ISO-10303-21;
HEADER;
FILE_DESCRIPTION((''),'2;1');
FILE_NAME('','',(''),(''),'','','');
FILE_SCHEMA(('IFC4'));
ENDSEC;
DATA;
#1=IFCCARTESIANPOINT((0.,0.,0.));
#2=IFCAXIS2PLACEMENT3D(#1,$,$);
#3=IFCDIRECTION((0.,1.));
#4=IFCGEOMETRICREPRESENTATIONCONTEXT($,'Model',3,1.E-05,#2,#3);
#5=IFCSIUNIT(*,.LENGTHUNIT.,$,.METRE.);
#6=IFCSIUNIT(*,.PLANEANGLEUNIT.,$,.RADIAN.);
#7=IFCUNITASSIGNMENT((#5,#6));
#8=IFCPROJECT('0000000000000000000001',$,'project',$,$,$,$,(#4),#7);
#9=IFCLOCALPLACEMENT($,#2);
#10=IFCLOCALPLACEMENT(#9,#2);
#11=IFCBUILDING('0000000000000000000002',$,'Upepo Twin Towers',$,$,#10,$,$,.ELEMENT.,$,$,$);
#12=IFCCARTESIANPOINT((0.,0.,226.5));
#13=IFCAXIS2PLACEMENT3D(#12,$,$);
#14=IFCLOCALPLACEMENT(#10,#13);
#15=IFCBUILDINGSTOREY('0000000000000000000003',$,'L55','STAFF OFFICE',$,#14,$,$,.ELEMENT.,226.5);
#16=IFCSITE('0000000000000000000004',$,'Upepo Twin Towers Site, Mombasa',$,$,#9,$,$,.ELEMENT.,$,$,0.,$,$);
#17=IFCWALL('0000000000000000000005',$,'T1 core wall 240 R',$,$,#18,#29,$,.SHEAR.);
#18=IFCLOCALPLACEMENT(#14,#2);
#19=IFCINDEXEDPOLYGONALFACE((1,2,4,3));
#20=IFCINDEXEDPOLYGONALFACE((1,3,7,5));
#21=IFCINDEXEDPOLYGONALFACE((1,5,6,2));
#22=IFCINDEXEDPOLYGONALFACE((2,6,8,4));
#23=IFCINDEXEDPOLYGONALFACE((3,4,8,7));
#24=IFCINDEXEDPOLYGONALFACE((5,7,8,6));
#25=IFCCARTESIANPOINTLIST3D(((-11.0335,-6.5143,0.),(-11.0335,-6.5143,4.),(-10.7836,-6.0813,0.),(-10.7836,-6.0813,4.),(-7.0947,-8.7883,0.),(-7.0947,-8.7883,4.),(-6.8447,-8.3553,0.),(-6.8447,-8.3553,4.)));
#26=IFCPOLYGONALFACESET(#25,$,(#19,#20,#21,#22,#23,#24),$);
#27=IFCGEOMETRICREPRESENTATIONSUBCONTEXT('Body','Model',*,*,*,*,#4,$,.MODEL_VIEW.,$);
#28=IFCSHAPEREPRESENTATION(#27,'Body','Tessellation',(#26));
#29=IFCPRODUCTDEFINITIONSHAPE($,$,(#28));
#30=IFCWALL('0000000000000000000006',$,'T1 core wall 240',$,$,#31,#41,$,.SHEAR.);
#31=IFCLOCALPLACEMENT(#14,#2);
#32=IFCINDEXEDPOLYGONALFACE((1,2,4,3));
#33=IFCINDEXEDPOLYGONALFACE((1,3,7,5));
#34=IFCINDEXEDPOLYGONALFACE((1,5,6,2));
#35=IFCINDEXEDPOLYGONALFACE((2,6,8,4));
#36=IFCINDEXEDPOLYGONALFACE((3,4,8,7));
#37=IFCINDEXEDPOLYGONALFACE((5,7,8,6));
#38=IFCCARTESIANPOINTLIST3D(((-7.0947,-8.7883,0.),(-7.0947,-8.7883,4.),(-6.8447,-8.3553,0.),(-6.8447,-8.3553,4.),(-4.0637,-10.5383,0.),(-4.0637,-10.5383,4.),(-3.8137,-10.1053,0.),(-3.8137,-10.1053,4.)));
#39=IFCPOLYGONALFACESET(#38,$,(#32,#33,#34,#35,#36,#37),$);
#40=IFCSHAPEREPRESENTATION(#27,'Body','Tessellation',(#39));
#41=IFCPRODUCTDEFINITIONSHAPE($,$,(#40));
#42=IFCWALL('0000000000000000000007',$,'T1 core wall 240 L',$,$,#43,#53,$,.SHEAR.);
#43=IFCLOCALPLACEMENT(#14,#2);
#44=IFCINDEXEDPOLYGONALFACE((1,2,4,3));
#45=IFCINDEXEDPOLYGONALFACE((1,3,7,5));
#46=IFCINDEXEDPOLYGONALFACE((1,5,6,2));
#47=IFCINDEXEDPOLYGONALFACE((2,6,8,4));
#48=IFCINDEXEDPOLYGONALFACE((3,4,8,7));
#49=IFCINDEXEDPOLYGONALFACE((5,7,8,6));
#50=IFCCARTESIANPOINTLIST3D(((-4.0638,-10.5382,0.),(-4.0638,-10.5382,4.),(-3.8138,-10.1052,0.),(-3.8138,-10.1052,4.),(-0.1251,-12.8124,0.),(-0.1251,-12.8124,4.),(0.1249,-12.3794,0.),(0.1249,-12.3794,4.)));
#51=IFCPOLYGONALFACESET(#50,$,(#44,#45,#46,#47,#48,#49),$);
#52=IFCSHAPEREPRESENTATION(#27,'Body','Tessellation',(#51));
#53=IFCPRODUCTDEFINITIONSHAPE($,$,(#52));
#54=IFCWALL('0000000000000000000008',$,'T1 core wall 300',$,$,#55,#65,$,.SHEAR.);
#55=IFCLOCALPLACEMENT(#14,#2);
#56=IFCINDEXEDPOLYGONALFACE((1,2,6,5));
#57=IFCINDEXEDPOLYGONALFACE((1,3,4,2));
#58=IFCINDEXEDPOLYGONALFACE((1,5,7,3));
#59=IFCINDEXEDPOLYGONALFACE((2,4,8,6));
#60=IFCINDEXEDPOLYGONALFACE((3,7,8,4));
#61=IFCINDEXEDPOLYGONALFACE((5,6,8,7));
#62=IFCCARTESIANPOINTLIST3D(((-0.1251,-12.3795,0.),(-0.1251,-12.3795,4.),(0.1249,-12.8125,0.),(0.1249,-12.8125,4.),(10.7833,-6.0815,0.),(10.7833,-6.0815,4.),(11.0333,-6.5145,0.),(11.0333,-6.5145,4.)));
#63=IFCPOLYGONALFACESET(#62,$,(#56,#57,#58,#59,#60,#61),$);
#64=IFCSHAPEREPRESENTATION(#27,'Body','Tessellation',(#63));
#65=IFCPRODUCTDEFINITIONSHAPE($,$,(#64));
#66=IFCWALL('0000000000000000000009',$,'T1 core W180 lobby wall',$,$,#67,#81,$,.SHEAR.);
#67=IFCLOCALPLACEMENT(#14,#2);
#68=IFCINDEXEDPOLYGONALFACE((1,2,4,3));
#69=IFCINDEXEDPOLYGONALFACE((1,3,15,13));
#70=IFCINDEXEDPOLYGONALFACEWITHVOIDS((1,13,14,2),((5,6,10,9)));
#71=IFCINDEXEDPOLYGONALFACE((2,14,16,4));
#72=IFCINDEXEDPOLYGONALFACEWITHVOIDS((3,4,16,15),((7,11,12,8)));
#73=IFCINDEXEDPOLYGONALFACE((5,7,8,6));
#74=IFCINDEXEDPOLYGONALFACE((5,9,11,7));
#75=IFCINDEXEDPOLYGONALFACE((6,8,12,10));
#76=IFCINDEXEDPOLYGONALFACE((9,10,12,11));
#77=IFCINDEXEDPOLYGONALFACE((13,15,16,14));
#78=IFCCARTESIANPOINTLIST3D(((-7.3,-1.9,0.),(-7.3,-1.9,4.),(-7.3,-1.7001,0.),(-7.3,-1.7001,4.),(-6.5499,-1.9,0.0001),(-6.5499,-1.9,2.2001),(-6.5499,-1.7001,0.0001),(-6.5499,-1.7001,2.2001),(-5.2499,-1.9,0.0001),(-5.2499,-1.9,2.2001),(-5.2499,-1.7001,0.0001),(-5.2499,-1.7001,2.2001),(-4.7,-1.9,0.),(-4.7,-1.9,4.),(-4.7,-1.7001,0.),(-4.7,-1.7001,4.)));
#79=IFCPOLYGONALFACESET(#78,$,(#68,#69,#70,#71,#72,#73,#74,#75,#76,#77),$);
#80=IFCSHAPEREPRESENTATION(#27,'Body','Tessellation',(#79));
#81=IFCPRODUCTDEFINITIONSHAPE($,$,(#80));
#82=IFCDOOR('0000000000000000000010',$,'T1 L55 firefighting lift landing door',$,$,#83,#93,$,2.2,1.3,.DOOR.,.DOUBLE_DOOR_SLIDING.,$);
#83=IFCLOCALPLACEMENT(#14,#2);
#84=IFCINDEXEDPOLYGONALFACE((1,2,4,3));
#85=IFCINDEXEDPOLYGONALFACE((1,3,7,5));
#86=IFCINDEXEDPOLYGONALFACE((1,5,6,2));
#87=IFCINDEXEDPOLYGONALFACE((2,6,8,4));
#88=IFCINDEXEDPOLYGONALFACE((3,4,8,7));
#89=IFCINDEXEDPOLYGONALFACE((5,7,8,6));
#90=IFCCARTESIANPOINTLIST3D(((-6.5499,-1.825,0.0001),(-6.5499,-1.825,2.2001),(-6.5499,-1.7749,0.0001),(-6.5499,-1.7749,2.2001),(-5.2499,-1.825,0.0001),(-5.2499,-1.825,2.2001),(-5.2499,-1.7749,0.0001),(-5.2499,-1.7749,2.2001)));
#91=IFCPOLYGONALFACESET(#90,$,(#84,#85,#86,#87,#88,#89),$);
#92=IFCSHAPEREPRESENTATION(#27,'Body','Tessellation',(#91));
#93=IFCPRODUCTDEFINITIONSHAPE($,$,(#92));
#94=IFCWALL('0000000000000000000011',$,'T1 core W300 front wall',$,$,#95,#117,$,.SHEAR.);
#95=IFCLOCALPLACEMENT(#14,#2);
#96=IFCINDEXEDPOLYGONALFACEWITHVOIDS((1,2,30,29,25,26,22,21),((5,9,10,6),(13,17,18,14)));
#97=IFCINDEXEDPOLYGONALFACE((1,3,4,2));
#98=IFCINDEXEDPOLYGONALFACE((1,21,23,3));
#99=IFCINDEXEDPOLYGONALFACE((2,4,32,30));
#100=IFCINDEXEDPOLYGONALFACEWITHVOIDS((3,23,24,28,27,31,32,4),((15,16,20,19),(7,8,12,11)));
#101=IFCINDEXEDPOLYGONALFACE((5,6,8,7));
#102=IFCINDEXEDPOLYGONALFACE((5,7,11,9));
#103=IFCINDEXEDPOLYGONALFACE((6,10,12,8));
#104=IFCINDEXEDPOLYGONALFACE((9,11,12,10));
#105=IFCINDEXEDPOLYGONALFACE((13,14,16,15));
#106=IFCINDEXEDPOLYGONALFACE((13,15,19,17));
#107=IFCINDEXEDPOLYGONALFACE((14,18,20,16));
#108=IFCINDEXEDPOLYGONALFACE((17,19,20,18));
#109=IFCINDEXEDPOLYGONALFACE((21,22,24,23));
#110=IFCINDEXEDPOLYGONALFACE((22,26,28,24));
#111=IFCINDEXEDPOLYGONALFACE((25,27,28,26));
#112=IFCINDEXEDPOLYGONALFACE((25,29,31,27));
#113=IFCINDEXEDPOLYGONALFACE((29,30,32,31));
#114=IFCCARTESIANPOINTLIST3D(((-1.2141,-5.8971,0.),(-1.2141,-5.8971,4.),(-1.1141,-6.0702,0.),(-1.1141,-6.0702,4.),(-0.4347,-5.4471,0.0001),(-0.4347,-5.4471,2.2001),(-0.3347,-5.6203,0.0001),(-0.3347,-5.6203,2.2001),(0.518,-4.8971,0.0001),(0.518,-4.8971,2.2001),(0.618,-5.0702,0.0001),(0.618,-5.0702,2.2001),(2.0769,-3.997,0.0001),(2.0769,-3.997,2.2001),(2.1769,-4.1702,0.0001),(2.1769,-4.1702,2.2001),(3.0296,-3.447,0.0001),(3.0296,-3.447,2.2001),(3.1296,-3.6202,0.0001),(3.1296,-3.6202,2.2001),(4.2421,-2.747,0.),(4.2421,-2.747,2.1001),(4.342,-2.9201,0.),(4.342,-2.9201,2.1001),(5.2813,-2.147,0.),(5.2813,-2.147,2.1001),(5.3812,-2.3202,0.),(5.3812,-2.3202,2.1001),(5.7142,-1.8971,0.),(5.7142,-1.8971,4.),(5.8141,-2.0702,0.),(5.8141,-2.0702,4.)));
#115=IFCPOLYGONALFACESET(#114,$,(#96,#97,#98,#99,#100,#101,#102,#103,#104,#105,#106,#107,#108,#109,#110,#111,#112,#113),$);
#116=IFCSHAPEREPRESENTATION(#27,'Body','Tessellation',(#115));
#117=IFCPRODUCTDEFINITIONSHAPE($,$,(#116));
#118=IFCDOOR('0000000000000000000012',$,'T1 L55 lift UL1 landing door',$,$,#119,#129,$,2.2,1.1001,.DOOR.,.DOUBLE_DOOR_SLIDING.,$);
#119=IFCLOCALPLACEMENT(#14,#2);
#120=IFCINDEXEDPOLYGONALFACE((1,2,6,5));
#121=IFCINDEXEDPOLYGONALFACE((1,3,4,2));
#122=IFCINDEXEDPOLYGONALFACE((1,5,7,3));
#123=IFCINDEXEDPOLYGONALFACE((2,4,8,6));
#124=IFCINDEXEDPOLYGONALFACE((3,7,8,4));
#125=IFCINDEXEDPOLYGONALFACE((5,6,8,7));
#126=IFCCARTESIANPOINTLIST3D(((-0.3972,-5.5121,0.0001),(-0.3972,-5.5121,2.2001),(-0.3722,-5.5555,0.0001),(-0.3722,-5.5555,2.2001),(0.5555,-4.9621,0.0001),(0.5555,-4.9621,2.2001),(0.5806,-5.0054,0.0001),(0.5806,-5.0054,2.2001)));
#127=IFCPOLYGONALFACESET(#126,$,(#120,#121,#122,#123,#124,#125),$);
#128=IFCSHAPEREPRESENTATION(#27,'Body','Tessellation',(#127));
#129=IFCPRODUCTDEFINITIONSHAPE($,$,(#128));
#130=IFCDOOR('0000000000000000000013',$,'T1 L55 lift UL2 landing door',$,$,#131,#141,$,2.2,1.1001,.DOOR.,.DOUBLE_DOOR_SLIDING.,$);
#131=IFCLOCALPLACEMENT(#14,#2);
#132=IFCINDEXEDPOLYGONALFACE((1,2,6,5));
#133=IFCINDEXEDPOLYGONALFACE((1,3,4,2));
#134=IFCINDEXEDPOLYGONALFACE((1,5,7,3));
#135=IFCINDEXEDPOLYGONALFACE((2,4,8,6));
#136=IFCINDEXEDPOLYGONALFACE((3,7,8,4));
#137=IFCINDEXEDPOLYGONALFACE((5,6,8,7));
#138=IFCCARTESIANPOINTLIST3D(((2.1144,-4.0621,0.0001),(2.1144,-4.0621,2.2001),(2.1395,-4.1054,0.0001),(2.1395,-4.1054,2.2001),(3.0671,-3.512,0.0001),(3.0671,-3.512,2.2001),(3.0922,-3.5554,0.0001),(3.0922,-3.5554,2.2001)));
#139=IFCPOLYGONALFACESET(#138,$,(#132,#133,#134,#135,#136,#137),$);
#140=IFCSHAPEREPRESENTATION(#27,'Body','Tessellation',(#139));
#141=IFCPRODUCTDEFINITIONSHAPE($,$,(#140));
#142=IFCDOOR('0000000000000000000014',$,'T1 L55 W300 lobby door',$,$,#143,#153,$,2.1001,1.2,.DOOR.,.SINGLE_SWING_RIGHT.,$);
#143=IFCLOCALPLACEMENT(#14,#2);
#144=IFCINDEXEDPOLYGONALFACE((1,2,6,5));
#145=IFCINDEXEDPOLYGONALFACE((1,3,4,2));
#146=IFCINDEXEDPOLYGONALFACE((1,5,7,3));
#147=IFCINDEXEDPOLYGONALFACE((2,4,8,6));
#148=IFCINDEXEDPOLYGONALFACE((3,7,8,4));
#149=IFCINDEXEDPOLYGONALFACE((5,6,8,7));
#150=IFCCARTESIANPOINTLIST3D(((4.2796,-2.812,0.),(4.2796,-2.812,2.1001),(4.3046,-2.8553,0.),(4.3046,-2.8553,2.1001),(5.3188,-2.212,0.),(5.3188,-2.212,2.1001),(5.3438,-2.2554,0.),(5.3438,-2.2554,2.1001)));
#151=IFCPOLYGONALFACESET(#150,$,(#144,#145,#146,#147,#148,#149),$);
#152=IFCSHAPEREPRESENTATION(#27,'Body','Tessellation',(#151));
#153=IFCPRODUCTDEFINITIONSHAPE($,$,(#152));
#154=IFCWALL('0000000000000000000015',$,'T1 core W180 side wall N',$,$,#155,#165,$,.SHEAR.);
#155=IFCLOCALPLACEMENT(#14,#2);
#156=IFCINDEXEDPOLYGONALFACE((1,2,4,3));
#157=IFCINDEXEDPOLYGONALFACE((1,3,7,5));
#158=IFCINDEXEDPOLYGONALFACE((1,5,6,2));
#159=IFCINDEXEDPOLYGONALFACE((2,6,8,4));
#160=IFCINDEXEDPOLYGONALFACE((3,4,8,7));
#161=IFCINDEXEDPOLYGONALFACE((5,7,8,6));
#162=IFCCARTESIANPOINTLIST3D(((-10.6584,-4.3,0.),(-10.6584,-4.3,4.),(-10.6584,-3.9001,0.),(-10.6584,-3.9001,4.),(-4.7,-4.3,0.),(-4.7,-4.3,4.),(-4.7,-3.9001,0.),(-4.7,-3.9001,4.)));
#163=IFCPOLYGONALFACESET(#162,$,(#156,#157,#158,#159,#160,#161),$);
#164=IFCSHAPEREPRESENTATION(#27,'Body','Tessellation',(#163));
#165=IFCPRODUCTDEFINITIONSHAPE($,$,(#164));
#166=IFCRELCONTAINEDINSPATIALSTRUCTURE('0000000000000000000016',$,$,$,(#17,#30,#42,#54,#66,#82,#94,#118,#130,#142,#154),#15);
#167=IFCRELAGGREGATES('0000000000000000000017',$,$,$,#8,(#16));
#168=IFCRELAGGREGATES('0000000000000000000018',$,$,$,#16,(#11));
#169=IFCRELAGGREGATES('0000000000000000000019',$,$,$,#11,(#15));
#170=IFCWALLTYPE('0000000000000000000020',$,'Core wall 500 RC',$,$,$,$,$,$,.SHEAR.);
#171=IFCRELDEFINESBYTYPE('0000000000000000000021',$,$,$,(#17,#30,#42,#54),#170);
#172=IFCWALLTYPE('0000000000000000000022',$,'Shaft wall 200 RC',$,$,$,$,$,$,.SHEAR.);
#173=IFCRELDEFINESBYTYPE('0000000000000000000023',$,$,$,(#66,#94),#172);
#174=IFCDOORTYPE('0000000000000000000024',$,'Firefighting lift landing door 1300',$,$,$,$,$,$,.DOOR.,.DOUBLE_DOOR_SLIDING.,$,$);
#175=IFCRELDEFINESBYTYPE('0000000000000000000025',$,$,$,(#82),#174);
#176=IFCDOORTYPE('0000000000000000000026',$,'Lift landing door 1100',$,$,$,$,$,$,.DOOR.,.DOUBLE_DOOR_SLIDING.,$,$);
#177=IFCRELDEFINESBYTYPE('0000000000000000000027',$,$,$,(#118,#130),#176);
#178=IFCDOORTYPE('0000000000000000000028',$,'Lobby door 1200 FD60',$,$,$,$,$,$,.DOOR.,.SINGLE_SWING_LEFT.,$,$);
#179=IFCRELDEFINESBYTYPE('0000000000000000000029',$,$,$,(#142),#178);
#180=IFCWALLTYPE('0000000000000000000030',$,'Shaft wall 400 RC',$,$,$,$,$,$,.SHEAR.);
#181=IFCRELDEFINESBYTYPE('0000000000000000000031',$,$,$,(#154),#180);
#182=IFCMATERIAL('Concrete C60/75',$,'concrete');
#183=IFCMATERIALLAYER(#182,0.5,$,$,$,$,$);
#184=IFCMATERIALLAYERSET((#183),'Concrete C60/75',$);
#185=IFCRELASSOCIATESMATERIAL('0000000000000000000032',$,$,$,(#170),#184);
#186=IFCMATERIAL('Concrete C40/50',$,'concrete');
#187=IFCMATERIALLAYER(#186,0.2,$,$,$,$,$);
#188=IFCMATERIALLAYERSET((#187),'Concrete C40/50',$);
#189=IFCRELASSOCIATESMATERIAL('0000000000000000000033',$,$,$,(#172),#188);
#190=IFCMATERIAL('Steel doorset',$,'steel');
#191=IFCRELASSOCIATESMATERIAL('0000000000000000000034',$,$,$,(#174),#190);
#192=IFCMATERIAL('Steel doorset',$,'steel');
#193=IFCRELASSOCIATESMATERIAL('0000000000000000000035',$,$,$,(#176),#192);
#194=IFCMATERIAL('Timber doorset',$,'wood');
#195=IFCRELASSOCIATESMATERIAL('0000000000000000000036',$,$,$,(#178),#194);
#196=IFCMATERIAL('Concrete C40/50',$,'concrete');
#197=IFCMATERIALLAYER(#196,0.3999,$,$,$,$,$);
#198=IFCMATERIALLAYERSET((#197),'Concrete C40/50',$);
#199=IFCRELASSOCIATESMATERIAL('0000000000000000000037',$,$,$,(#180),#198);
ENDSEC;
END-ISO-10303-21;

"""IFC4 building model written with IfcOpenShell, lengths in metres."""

from ifc_helpers import new_model, si_unit, direction, frame, frame_2d, origin, place, context, subcontext, project, spatial, rectangle, extrude, material, layer, layer_set, type_object, element, fill, save


model = new_model("IFC4")

# Units and contexts
model_context = context("Model", 3, precision=1e-05, world=origin(), true_north=direction((0.0, 1.0)))
body_context = subcontext(model_context, "Body", "Model", "MODEL_VIEW")
ifc_project = project(units=[si_unit("LENGTHUNIT", "METRE"), si_unit("PLANEANGLEUNIT", "RADIAN")], contexts=[model_context])

# Site, building, storey
site_placement = place(None, origin())
site = spatial("IfcSite", under=ifc_project, at=site_placement, Name="Upepo Twin Towers Site, Mombasa", CompositionType="ELEMENT", RefElevation=0.0)
building_placement = place(site_placement, origin())
building = spatial("IfcBuilding", under=site, at=building_placement, Name="Upepo Twin Towers", CompositionType="ELEMENT")
storey_placement = place(building_placement, frame((0.0, 0.0, 226.5)))
storey = spatial("IfcBuildingStorey", under=building, at=storey_placement, Name="L55", Description="STAFF OFFICE", CompositionType="ELEMENT", Elevation=226.5)

# Walls
ifc_material_1 = material(Name="Concrete C60/75", Category="concrete")
ifc_layer_1 = layer(ifc_material_1, 0.5)
ifc_layer_set_1 = layer_set([ifc_layer_1], Name="Concrete C60/75")
wall_type_1 = type_object("IfcWallType", Name="Core wall 500 RC", PredefinedType="SHEAR", material=ifc_layer_set_1)
wall_1_placement = place(storey_placement, frame((-10.9084, -6.2979, 0.0), z_axis=(0.0, 0.0, 1.0), x_axis=(0.866035, -0.499984, 0.0)))
element("IfcWall", 1, at=wall_1_placement, inside=storey, type_object=wall_type_1, Name="T1 core wall 240 R", PredefinedType="SHEAR", context=body_context, shape_type="SweptSolid", body=[
    extrude(rectangle(XDim=4.5481, YDim=0.5, at=frame_2d((2.2739, 0.0))), origin(), (0.0, 0.0, 1.0), 4.0),
])
wall_2_placement = place(storey_placement, frame((-6.9697, -8.5718, 0.0), z_axis=(0.0, 0.0, 1.0), x_axis=(0.866019, -0.50001, 0.0)))
element("IfcWall", 2, at=wall_2_placement, inside=storey, type_object=wall_type_1, Name="T1 core wall 240", PredefinedType="SHEAR", context=body_context, shape_type="SweptSolid", body=[
    extrude(rectangle(XDim=3.5, YDim=0.5, at=frame_2d((1.75, 0.0))), origin(), (0.0, 0.0, 1.0), 4.0),
])
wall_3_placement = place(storey_placement, frame((-3.9387, -10.3218, 0.0), z_axis=(0.0, 0.0, 1.0), x_axis=(0.866011, -0.500024, 0.0)))
element("IfcWall", 3, at=wall_3_placement, inside=storey, type_object=wall_type_1, Name="T1 core wall 240 L", PredefinedType="SHEAR", context=body_context, shape_type="SweptSolid", body=[
    extrude(rectangle(XDim=4.5481, YDim=0.5, at=frame_2d((2.2739, 0.0))), origin(), (0.0, 0.0, 1.0), 4.0),
])
wall_4_placement = place(storey_placement, frame((0.0, -12.5959, 0.0), z_axis=(0.0, 0.0, 1.0), x_axis=(0.866022, 0.500006, 0.0)))
element("IfcWall", 4, at=wall_4_placement, inside=storey, type_object=wall_type_1, Name="T1 core wall 300", PredefinedType="SHEAR", context=body_context, shape_type="SweptSolid", body=[
    extrude(rectangle(XDim=12.5959, YDim=0.5, at=frame_2d((6.2979, 0.0))), origin(), (0.0, 0.0, 1.0), 4.0),
])

# Wall, opening, door
ifc_material_2 = material(Name="Concrete C40/50", Category="concrete")
ifc_layer_2 = layer(ifc_material_2, 0.2)
ifc_layer_set_2 = layer_set([ifc_layer_2], Name="Concrete C40/50")
wall_type_2 = type_object("IfcWallType", Name="Shaft wall 200 RC", PredefinedType="SHEAR", material=ifc_layer_set_2)
wall_5_placement = place(storey_placement, frame((-4.7, -1.8, 0.0), z_axis=(0.0, 0.0, 1.0), x_axis=(-1.0, 0.0, 0.0)))
wall_5 = element("IfcWall", 5, at=wall_5_placement, inside=storey, type_object=wall_type_2, Name="T1 core W180 lobby wall", PredefinedType="SHEAR", context=body_context, shape_type="SweptSolid", body=[
    extrude(rectangle(XDim=2.6001, YDim=0.2, at=frame_2d((1.3, 0.0))), origin(), (0.0, 0.0, 1.0), 4.0),
])
opening_1_placement = place(wall_5_placement, frame((0.55, 0.0, 0.0)))
opening_1 = element("IfcOpeningElement", 6, at=opening_1_placement, cuts=wall_5, PredefinedType="OPENING", context=body_context, shape_type="SweptSolid", body=[
    extrude(rectangle(XDim=1.3, YDim=2.2, at=frame_2d((0.6499, 1.1001))), frame((0.0, 0.1099, 0.0), z_axis=(0.0, -1.0, 0.0), x_axis=(1.0, 0.0, 0.0)), (0.0, 0.0, 1.0), 0.22),
])
ifc_material_3 = material(Name="Steel doorset", Category="steel")
door_type_1 = type_object("IfcDoorType", Name="Firefighting lift landing door 1300", OperationType="DOUBLE_DOOR_SLIDING", PredefinedType="DOOR", material=ifc_material_3)
door_1_placement = place(opening_1_placement, origin())
door_1 = element("IfcDoor", 7, at=door_1_placement, inside=storey, type_object=door_type_1, Name="T1 L55 firefighting lift landing door", OperationType="DOUBLE_DOOR_SLIDING", OverallHeight=2.2, OverallWidth=1.3, PredefinedType="DOOR", context=body_context, shape_type="SweptSolid", body=[
    extrude(rectangle(XDim=1.3, YDim=2.2, at=frame_2d((0.6499, 1.1001))), frame((0.0, 0.0249, 0.0), z_axis=(0.0, -1.0, 0.0), x_axis=(1.0, 0.0, 0.0)), (0.0, 0.0, 1.0), 0.05),
])
fill(opening_1, door_1)

# Wall, openings, doors
wall_6_placement = place(storey_placement, frame((-1.1641, -5.9836, 0.0), z_axis=(0.0, 0.0, 1.0), x_axis=(0.866026, 0.499999, 0.0)))
wall_6 = element("IfcWall", 8, at=wall_6_placement, inside=storey, type_object=wall_type_2, Name="T1 core W300 front wall", PredefinedType="SHEAR", context=body_context, shape_type="SweptSolid", body=[
    extrude(rectangle(XDim=8.0, YDim=0.2, at=frame_2d((4.0, 0.0))), origin(), (0.0, 0.0, 1.0), 4.0),
])
opening_2_placement = place(wall_6_placement, frame((6.3, 0.0, 0.0)))
opening_2 = element("IfcOpeningElement", 9, at=opening_2_placement, cuts=wall_6, PredefinedType="OPENING", context=body_context, shape_type="SweptSolid", body=[
    extrude(rectangle(XDim=1.2, YDim=2.1001, at=frame_2d((0.6001, 1.05))), frame((0.0, 0.1099, 0.0), z_axis=(0.0, -1.0, 0.0), x_axis=(1.0, 0.0, 0.0)), (0.0, 0.0, 1.0), 0.22),
])
opening_3_placement = place(wall_6_placement, frame((0.8999, 0.0, 0.0)))
opening_3 = element("IfcOpeningElement", 10, at=opening_3_placement, cuts=wall_6, PredefinedType="OPENING", context=body_context, shape_type="SweptSolid", body=[
    extrude(rectangle(XDim=1.1001, YDim=2.2, at=frame_2d((0.55, 1.1001))), frame((0.0, 0.1099, 0.0), z_axis=(0.0, -1.0, 0.0), x_axis=(1.0, 0.0, 0.0)), (0.0, 0.0, 1.0), 0.22),
])
opening_4_placement = place(wall_6_placement, frame((3.8, 0.0, 0.0)))
opening_4 = element("IfcOpeningElement", 11, at=opening_4_placement, cuts=wall_6, PredefinedType="OPENING", context=body_context, shape_type="SweptSolid", body=[
    extrude(rectangle(XDim=1.1001, YDim=2.2, at=frame_2d((0.55, 1.1001))), frame((0.0, 0.1099, 0.0), z_axis=(0.0, -1.0, 0.0), x_axis=(1.0, 0.0, 0.0)), (0.0, 0.0, 1.0), 0.22),
])
ifc_material_4 = material(Name="Steel doorset", Category="steel")
door_type_2 = type_object("IfcDoorType", Name="Lift landing door 1100", OperationType="DOUBLE_DOOR_SLIDING", PredefinedType="DOOR", material=ifc_material_4)
door_2_placement = place(opening_3_placement, origin())
door_2 = element("IfcDoor", 12, at=door_2_placement, inside=storey, type_object=door_type_2, Name="T1 L55 lift UL1 landing door", OperationType="DOUBLE_DOOR_SLIDING", OverallHeight=2.2, OverallWidth=1.1001, PredefinedType="DOOR", context=body_context, shape_type="SweptSolid", body=[
    extrude(rectangle(XDim=1.1001, YDim=2.2, at=frame_2d((0.55, 1.1001))), frame((0.0, 0.0249, 0.0), z_axis=(0.0, -1.0, 0.0), x_axis=(1.0, 0.0, 0.0)), (0.0, 0.0, 1.0), 0.05),
])
fill(opening_3, door_2)
door_3_placement = place(opening_4_placement, origin())
door_3 = element("IfcDoor", 13, at=door_3_placement, inside=storey, type_object=door_type_2, Name="T1 L55 lift UL2 landing door", OperationType="DOUBLE_DOOR_SLIDING", OverallHeight=2.2, OverallWidth=1.1001, PredefinedType="DOOR", context=body_context, shape_type="SweptSolid", body=[
    extrude(rectangle(XDim=1.1001, YDim=2.2, at=frame_2d((0.55, 1.1001))), frame((0.0, 0.0249, 0.0), z_axis=(0.0, -1.0, 0.0), x_axis=(1.0, 0.0, 0.0)), (0.0, 0.0, 1.0), 0.05),
])
fill(opening_4, door_3)
ifc_material_5 = material(Name="Timber doorset", Category="wood")
door_type_3 = type_object("IfcDoorType", Name="Lobby door 1200 FD60", OperationType="SINGLE_SWING_LEFT", PredefinedType="DOOR", material=ifc_material_5)
door_4_placement = place(opening_2_placement, origin())
door_4 = element("IfcDoor", 14, at=door_4_placement, inside=storey, type_object=door_type_3, Name="T1 L55 W300 lobby door", OperationType="SINGLE_SWING_RIGHT", OverallHeight=2.1001, OverallWidth=1.2, PredefinedType="DOOR", context=body_context, shape_type="SweptSolid", body=[
    extrude(rectangle(XDim=1.2, YDim=2.1001, at=frame_2d((0.6001, 1.05))), frame((0.0, 0.0249, 0.0), z_axis=(0.0, -1.0, 0.0), x_axis=(1.0, 0.0, 0.0)), (0.0, 0.0, 1.0), 0.05),
])
fill(opening_2, door_4)

# Wall
ifc_material_6 = material(Name="Concrete C40/50", Category="concrete")
ifc_layer_3 = layer(ifc_material_6, 0.3999)
ifc_layer_set_3 = layer_set([ifc_layer_3], Name="Concrete C40/50")
wall_type_3 = type_object("IfcWallType", Name="Shaft wall 400 RC", PredefinedType="SHEAR", material=ifc_layer_set_3)
wall_7_placement = place(storey_placement, frame((-4.7, -4.1001, 0.0), z_axis=(0.0, 0.0, 1.0), x_axis=(-1.0, 0.0, 0.0)))
element("IfcWall", 15, at=wall_7_placement, inside=storey, type_object=wall_type_3, Name="T1 core W180 side wall N", PredefinedType="SHEAR", context=body_context, shape_type="SweptSolid", body=[
    extrude(rectangle(XDim=5.9585, YDim=0.3999, at=frame_2d((2.9792, 0.0))), origin(), (0.0, 0.0, 1.0), 4.0),
])

save(model, "model.ifc")
